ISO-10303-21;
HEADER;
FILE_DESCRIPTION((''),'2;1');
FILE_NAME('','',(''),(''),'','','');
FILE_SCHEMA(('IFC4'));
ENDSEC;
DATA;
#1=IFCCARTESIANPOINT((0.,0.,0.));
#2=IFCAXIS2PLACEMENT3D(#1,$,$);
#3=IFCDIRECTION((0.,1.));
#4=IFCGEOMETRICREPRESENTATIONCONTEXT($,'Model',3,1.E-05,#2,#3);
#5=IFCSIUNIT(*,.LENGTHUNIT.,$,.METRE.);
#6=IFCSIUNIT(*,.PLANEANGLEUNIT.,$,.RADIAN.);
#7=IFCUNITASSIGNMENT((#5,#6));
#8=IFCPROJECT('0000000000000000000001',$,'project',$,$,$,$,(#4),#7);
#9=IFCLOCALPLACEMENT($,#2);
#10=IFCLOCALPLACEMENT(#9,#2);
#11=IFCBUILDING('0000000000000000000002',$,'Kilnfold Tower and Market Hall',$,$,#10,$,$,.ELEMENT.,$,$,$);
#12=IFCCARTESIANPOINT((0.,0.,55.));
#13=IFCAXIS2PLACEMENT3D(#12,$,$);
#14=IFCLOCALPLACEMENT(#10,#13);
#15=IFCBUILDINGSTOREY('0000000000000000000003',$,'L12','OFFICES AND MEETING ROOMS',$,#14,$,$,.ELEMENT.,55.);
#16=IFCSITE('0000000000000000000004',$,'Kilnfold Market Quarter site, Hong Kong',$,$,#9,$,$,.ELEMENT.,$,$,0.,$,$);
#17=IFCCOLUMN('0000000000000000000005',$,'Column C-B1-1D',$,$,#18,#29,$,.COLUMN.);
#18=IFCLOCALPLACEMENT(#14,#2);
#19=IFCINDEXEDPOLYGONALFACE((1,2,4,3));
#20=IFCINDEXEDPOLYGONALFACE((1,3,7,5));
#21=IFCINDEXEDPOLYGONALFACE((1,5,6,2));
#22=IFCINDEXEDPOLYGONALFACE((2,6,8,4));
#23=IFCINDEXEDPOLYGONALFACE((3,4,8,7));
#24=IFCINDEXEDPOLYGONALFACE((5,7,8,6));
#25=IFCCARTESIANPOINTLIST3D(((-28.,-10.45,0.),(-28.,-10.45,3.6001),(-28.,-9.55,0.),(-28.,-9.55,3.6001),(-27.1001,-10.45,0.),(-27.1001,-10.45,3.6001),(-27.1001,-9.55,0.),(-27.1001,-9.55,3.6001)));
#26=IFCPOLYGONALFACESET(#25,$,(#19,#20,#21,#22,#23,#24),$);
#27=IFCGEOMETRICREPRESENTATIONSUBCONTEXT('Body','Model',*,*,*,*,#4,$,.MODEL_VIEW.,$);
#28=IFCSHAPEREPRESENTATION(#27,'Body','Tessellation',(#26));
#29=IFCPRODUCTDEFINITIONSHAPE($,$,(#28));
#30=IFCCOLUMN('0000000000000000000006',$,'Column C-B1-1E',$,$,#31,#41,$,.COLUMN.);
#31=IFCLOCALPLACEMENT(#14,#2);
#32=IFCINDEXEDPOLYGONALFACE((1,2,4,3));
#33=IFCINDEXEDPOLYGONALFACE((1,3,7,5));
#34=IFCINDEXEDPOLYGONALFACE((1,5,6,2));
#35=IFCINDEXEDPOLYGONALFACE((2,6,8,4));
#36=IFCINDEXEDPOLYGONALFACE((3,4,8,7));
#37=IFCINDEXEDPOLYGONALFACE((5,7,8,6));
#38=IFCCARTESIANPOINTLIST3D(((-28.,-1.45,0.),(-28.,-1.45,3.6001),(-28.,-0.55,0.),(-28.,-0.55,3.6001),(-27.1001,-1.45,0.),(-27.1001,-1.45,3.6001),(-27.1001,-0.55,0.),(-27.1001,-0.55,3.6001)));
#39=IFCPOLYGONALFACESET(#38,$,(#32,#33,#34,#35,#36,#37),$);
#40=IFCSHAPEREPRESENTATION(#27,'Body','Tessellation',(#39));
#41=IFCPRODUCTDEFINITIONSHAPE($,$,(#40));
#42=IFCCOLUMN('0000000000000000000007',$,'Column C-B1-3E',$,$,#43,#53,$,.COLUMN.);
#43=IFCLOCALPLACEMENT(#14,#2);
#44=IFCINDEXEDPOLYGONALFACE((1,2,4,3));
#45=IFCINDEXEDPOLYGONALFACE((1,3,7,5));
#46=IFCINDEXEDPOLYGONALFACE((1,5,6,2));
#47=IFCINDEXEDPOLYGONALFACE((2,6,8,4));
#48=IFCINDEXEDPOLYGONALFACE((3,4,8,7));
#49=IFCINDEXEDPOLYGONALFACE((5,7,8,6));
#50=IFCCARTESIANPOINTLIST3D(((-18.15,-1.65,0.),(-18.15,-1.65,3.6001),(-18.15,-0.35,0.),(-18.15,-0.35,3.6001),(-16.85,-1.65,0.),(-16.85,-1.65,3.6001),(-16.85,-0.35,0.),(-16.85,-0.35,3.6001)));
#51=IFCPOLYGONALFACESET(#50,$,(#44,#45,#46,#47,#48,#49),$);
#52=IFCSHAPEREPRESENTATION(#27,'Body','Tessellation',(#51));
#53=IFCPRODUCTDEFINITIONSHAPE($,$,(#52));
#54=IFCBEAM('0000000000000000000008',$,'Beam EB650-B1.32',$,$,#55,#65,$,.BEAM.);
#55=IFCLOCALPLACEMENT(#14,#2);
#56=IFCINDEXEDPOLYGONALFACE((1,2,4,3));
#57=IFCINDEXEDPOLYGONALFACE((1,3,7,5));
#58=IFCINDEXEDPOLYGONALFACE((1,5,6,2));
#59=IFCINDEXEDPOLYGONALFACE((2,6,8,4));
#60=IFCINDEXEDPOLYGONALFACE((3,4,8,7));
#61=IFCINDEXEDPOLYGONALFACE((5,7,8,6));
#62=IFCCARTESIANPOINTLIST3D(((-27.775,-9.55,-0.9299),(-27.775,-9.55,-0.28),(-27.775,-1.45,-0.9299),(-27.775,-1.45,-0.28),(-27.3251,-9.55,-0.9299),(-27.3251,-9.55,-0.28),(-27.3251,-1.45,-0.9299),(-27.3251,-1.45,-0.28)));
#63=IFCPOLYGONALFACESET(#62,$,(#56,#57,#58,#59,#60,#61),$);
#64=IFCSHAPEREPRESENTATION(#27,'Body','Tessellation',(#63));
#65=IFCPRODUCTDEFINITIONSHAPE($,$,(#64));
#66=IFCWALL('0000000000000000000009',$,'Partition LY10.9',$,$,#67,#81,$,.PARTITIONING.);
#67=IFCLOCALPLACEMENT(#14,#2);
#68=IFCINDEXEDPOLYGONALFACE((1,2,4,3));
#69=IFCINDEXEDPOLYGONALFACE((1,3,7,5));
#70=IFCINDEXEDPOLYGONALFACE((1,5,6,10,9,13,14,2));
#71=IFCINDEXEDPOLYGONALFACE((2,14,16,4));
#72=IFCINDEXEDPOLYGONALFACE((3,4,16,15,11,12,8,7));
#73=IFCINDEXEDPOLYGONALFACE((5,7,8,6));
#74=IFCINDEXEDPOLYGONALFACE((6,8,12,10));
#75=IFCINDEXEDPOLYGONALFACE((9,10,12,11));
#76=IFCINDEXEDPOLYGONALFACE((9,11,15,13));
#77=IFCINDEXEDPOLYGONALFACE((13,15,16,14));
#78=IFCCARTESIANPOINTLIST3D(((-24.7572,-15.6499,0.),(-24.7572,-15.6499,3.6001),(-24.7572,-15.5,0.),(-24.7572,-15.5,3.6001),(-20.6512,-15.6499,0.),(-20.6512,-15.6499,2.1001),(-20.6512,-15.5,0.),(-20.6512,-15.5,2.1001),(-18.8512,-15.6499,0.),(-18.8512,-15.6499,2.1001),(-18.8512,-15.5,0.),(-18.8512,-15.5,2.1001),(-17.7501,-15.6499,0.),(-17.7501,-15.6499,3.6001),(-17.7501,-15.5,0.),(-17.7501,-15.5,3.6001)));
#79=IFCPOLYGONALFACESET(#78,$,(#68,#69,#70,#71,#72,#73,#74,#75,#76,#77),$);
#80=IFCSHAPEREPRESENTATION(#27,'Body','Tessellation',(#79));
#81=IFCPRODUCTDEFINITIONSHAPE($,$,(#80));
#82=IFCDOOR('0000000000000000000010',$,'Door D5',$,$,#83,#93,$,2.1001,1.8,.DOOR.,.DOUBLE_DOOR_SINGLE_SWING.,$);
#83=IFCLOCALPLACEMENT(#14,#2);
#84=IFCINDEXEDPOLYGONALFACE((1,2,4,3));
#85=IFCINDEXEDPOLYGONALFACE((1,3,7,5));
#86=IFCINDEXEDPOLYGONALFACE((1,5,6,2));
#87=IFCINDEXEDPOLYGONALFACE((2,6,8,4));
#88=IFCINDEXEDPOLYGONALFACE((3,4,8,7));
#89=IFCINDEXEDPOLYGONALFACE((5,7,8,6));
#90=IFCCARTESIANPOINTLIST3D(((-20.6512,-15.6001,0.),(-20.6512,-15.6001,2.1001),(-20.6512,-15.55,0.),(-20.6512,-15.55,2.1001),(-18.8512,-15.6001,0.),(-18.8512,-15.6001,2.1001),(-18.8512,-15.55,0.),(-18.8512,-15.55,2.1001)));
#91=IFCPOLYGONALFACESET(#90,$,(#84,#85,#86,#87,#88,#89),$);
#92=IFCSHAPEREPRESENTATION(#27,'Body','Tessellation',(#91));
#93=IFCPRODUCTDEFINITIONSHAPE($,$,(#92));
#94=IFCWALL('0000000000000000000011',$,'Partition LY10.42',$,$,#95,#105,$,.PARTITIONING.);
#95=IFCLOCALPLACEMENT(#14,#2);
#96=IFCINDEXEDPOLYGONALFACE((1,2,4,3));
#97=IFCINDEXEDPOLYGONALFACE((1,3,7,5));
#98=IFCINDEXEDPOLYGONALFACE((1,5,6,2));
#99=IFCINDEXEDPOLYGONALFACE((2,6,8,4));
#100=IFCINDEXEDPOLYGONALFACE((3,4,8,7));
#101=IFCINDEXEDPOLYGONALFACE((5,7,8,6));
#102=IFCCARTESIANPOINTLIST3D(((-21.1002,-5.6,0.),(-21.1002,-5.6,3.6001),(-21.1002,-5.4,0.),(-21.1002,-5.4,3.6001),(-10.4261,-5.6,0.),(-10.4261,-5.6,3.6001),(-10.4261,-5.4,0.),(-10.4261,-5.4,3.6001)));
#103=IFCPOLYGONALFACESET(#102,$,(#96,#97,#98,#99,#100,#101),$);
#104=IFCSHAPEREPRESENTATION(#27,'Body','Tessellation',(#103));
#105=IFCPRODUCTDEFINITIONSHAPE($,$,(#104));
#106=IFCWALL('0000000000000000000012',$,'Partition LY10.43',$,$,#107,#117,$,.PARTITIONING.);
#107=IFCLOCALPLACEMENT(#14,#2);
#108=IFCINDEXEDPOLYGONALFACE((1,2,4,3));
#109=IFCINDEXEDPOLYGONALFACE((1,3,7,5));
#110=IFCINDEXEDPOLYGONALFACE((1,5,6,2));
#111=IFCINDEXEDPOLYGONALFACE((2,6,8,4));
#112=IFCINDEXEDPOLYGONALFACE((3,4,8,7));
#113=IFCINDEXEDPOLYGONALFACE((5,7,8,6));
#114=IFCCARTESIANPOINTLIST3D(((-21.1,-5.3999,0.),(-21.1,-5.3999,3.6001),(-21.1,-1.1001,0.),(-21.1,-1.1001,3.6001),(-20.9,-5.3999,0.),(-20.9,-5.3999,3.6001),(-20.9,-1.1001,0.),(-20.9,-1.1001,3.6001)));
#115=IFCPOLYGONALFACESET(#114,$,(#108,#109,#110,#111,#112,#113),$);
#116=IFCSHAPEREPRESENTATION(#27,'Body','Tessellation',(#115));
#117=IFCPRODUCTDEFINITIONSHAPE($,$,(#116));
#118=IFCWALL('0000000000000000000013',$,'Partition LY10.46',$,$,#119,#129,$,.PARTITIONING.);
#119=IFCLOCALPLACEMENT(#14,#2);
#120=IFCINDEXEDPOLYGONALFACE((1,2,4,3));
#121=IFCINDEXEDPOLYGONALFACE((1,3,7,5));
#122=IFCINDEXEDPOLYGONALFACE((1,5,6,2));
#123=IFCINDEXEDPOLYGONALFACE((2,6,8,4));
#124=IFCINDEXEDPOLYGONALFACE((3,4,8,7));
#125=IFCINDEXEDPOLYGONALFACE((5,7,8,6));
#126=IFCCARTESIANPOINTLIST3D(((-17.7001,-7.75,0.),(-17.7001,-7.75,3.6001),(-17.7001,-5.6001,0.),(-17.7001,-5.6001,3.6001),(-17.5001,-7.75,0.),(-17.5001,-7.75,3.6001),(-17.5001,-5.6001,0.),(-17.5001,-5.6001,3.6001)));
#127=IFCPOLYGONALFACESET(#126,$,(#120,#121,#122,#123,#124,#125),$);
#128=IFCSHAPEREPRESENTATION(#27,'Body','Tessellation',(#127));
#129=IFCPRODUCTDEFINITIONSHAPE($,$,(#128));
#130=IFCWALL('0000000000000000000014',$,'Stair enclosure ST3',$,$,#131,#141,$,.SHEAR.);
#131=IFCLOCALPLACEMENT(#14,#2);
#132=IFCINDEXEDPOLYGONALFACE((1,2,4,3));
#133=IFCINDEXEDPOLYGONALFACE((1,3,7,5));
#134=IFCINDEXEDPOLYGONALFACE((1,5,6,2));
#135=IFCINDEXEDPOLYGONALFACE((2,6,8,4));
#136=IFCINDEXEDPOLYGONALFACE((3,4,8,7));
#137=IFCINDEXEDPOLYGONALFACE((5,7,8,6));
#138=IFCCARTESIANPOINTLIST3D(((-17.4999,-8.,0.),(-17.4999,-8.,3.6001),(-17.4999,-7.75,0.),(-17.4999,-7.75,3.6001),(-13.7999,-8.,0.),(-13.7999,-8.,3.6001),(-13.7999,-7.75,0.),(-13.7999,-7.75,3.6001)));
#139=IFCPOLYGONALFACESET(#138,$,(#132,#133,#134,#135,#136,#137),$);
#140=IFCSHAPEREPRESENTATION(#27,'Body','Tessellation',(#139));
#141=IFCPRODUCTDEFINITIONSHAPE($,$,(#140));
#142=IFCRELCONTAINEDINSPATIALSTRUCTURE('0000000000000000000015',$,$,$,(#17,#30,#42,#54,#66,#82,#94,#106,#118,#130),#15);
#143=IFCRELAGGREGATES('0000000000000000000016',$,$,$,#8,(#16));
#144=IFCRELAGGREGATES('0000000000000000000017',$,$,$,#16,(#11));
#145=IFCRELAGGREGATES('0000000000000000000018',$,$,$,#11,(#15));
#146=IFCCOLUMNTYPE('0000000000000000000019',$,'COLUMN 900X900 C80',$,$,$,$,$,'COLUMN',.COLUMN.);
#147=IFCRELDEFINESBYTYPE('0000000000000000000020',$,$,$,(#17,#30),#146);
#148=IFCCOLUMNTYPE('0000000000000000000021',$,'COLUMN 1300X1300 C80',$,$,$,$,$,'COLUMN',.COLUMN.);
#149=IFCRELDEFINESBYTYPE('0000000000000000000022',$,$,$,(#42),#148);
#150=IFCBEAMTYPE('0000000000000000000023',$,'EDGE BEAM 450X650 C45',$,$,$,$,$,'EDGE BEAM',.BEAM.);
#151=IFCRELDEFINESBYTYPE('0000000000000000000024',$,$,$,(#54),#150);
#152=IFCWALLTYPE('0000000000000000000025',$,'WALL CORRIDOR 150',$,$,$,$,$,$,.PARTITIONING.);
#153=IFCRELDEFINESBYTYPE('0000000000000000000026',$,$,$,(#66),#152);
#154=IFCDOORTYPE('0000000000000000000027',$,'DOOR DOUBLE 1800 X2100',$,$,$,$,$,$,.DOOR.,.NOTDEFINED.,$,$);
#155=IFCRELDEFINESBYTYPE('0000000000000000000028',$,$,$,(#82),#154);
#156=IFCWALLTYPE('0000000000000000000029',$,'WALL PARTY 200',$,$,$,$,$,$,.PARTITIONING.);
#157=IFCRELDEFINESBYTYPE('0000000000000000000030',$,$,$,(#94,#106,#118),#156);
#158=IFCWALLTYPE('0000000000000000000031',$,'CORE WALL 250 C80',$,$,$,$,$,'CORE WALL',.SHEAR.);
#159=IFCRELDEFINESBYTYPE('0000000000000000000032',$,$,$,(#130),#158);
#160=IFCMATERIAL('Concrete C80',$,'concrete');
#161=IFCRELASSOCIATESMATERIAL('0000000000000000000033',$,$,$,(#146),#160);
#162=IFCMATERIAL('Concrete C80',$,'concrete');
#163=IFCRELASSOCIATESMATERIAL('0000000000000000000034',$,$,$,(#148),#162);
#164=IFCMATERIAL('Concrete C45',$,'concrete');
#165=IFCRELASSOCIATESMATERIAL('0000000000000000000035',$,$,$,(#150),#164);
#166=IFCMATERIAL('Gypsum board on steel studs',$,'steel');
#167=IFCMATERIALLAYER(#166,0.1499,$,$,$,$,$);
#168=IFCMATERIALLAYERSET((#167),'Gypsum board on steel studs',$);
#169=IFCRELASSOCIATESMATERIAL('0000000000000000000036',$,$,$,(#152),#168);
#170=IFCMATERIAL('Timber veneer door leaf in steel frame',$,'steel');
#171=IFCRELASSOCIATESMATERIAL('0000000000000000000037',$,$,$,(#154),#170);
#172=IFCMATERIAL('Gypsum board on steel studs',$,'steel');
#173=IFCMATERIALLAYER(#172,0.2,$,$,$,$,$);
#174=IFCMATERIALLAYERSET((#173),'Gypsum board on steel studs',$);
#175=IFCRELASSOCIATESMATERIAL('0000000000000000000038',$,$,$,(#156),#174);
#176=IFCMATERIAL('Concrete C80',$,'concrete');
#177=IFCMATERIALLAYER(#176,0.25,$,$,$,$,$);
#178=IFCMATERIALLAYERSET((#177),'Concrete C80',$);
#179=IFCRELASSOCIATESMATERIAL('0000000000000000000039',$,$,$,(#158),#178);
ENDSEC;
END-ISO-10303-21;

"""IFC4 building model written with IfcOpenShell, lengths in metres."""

from ifc_helpers import new_model, si_unit, direction, frame, frame_2d, origin, origin_2d, place, context, subcontext, project, spatial, rectangle, extrude, source, transform, mapped, material, layer, layer_set, material_profile, profile_set, type_object, element, fill, save


model = new_model("IFC4")

# Units and contexts
model_context = context("Model", 3, precision=1e-05, world=origin(), true_north=direction((0.0, 1.0)))
body_context = subcontext(model_context, "Body", "Model", "MODEL_VIEW")
ifc_project = project(units=[si_unit("LENGTHUNIT", "METRE"), si_unit("PLANEANGLEUNIT", "RADIAN")], contexts=[model_context])

# Site, building, storey
site_placement = place(None, origin())
site = spatial("IfcSite", under=ifc_project, at=site_placement, Name="Kilnfold Market Quarter site, Hong Kong", CompositionType="ELEMENT", RefElevation=0.0)
building_placement = place(site_placement, origin())
building = spatial("IfcBuilding", under=site, at=building_placement, Name="Kilnfold Tower and Market Hall", CompositionType="ELEMENT")
storey_placement = place(building_placement, frame((0.0, 0.0, 55.0)))
storey = spatial("IfcBuildingStorey", under=building, at=storey_placement, Name="L12", Description="OFFICES AND MEETING ROOMS", CompositionType="ELEMENT", Elevation=55.0)

# Columns
ifc_material_1 = material(Name="Concrete C80", Category="concrete")
ifc_material_profile_1 = material_profile(ifc_material_1, rectangle(XDim=0.8999, YDim=0.8999, at=origin_2d()), Name="RC 900x900")
ifc_profile_set_1 = profile_set([ifc_material_profile_1], Name="Concrete C80")
column_type_1 = type_object("IfcColumnType", Name="COLUMN 900X900 C80", ElementType="COLUMN", PredefinedType="COLUMN", material=ifc_profile_set_1)
shared_shape_1 = source(origin(), body_context, "Body", "SweptSolid", [
    extrude(rectangle(XDim=0.8999, YDim=0.8999, at=origin_2d()), origin(), (0.0, 0.0, 1.0), 3.6001),
])
for number, where, z_axis, x_axis, name in (
    (1, (-27.55, -10.0, 0.0), (0.0, 0.0, 1.0), (1.0, 0.0, 0.0), "Column C-B1-1D"),
    (2, (-27.55, -1.0, 0.0), (0.0, 0.0, 1.0), (1.0, 0.0, 0.0), "Column C-B1-1E"),
):
    element("IfcColumn", number, at=place(storey_placement, frame(where, z_axis=z_axis, x_axis=x_axis)), inside=storey, type_object=column_type_1, Name=name, PredefinedType="COLUMN", context=body_context, shape_type="MappedRepresentation", body=[
        mapped(shared_shape_1, transform((0.0, 0.0, 0.0))),
    ])
ifc_material_2 = material(Name="Concrete C80", Category="concrete")
ifc_material_profile_2 = material_profile(ifc_material_2, rectangle(XDim=1.3, YDim=1.3, at=origin_2d()), Name="RC 1300x1300")
ifc_profile_set_2 = profile_set([ifc_material_profile_2], Name="Concrete C80")
column_type_2 = type_object("IfcColumnType", Name="COLUMN 1300X1300 C80", ElementType="COLUMN", PredefinedType="COLUMN", material=ifc_profile_set_2)
shared_shape_2 = source(origin(), body_context, "Body", "SweptSolid", [
    extrude(rectangle(XDim=1.3, YDim=1.3, at=origin_2d()), origin(), (0.0, 0.0, 1.0), 3.6001),
])
column_placement = place(storey_placement, frame((-17.5, -1.0, 0.0), z_axis=(0.0, 0.0, 1.0), x_axis=(1.0, 0.0, 0.0)))
element("IfcColumn", 3, at=column_placement, inside=storey, type_object=column_type_2, Name="Column C-B1-3E", PredefinedType="COLUMN", context=body_context, shape_type="MappedRepresentation", body=[
    mapped(shared_shape_2, transform((0.0, 0.0, 0.0))),
])

# Beam
ifc_material_3 = material(Name="Concrete C45", Category="concrete")
ifc_material_profile_3 = material_profile(ifc_material_3, rectangle(XDim=0.45, YDim=0.6499, at=origin_2d()), Name="RC 450x650")
ifc_profile_set_3 = profile_set([ifc_material_profile_3], Name="Concrete C45")
beam_type = type_object("IfcBeamType", Name="EDGE BEAM 450X650 C45", ElementType="EDGE BEAM", PredefinedType="BEAM", material=ifc_profile_set_3)
shared_shape_3 = source(origin(), body_context, "Body", "SweptSolid", [
    extrude(rectangle(XDim=0.45, YDim=0.6499, at=origin_2d()), origin(), (0.0, 0.0, 1.0), 8.1001),
])
beam_placement = place(storey_placement, frame((-27.55, -9.55, -0.605), z_axis=(0.0, 1.0, 0.0), x_axis=(-1.0, 0.0, 0.0)))
element("IfcBeam", 4, at=beam_placement, inside=storey, type_object=beam_type, Name="Beam EB650-B1.32", PredefinedType="BEAM", context=body_context, shape_type="MappedRepresentation", body=[
    mapped(shared_shape_3, transform((0.0, 0.0, 0.0))),
])

# Wall, opening, door
ifc_material_4 = material(Name="Gypsum board on steel studs", Category="steel")
ifc_layer_1 = layer(ifc_material_4, 0.1499)
ifc_layer_set_1 = layer_set([ifc_layer_1], Name="Gypsum board on steel studs")
wall_type_1 = type_object("IfcWallType", Name="WALL CORRIDOR 150", PredefinedType="PARTITIONING", material=ifc_layer_set_1)
wall_1_placement = place(storey_placement, frame((-24.7571, -15.575, 0.0), z_axis=(0.0, 0.0, 1.0), x_axis=(1.0, 0.0, 0.0)))
wall_1 = element("IfcWall", 5, at=wall_1_placement, inside=storey, type_object=wall_type_1, Name="Partition LY10.9", PredefinedType="PARTITIONING", context=body_context, shape_type="SweptSolid", body=[
    extrude(rectangle(XDim=7.0071, YDim=0.1499, at=frame_2d((3.5034, 0.0))), origin(), (0.0, 0.0, 1.0), 3.6001),
])
opening_1_placement = place(wall_1_placement, frame((4.106, 0.0, 0.0)))
opening_1 = element("IfcOpeningElement", 6, at=opening_1_placement, cuts=wall_1, PredefinedType="OPENING", context=body_context, shape_type="SweptSolid", body=[
    extrude(rectangle(XDim=1.8, YDim=2.1001, at=frame_2d((0.8999, 1.05))), frame((0.0, 0.085, 0.0), z_axis=(0.0, -1.0, 0.0), x_axis=(1.0, 0.0, 0.0)), (0.0, 0.0, 1.0), 0.1699),
])
ifc_material_5 = material(Name="Timber veneer door leaf in steel frame", Category="steel")
door_type = type_object("IfcDoorType", Name="DOOR DOUBLE 1800 X2100", OperationType="NOTDEFINED", PredefinedType="DOOR", material=ifc_material_5)
door_placement = place(opening_1_placement, origin())
door = element("IfcDoor", 7, at=door_placement, inside=storey, type_object=door_type, Name="Door D5", OperationType="DOUBLE_DOOR_SINGLE_SWING", OverallHeight=2.1001, OverallWidth=1.8, PredefinedType="DOOR", context=body_context, shape_type="SweptSolid", body=[
    extrude(rectangle(XDim=1.8, YDim=2.1001, at=frame_2d((0.8999, 1.05))), frame((0.0, 0.0249, 0.0), z_axis=(0.0, -1.0, 0.0), x_axis=(1.0, 0.0, 0.0)), (0.0, 0.0, 1.0), 0.05),
])
fill(opening_1, door)

# Walls
ifc_material_6 = material(Name="Gypsum board on steel studs", Category="steel")
ifc_layer_2 = layer(ifc_material_6, 0.2)
ifc_layer_set_2 = layer_set([ifc_layer_2], Name="Gypsum board on steel studs")
wall_type_2 = type_object("IfcWallType", Name="WALL PARTY 200", PredefinedType="PARTITIONING", material=ifc_layer_set_2)
wall_2_placement = place(storey_placement, frame((-21.1001, -5.5, 0.0), z_axis=(0.0, 0.0, 1.0), x_axis=(1.0, 0.0, 0.0)))
element("IfcWall", 8, at=wall_2_placement, inside=storey, type_object=wall_type_2, Name="Partition LY10.42", PredefinedType="PARTITIONING", context=body_context, shape_type="SweptSolid", body=[
    extrude(rectangle(XDim=10.6741, YDim=0.2, at=frame_2d((5.3369, 0.0))), origin(), (0.0, 0.0, 1.0), 3.6001),
])
wall_3_placement = place(storey_placement, frame((-21.0, -5.3999, 0.0), z_axis=(0.0, 0.0, 1.0), x_axis=(0.0, 1.0, 0.0)))
element("IfcWall", 9, at=wall_3_placement, inside=storey, type_object=wall_type_2, Name="Partition LY10.43", PredefinedType="PARTITIONING", context=body_context, shape_type="SweptSolid", body=[
    extrude(rectangle(XDim=4.2998, YDim=0.2, at=frame_2d((2.1499, 0.0))), origin(), (0.0, 0.0, 1.0), 3.6001),
])
wall_4_placement = place(storey_placement, frame((-17.6001, -7.75, 0.0), z_axis=(0.0, 0.0, 1.0), x_axis=(0.0, 1.0, 0.0)))
element("IfcWall", 10, at=wall_4_placement, inside=storey, type_object=wall_type_2, Name="Partition LY10.46", PredefinedType="PARTITIONING", context=body_context, shape_type="SweptSolid", body=[
    extrude(rectangle(XDim=2.1499, YDim=0.2, at=frame_2d((1.075, 0.0))), origin(), (0.0, 0.0, 1.0), 3.6001),
])
ifc_material_7 = material(Name="Concrete C80", Category="concrete")
ifc_layer_3 = layer(ifc_material_7, 0.25)
ifc_layer_set_3 = layer_set([ifc_layer_3], Name="Concrete C80")
wall_type_3 = type_object("IfcWallType", Name="CORE WALL 250 C80", ElementType="CORE WALL", PredefinedType="SHEAR", material=ifc_layer_set_3)
shared_shape_4 = source(origin(), body_context, "Body", "SweptSolid", [
    extrude(rectangle(XDim=3.7, YDim=0.25, at=frame_2d((1.8501, 0.0))), origin(), (0.0, 0.0, 1.0), 3.6001),
])
wall_5_placement = place(storey_placement, frame((-17.5, -7.875, 0.0), z_axis=(0.0, 0.0, 1.0), x_axis=(1.0, 0.0, 0.0)))
element("IfcWall", 11, at=wall_5_placement, inside=storey, type_object=wall_type_3, Name="Stair enclosure ST3", PredefinedType="SHEAR", context=body_context, shape_type="MappedRepresentation", body=[
    mapped(shared_shape_4, transform((0.0, 0.0, 0.0))),
])

save(model, "model.ifc")
